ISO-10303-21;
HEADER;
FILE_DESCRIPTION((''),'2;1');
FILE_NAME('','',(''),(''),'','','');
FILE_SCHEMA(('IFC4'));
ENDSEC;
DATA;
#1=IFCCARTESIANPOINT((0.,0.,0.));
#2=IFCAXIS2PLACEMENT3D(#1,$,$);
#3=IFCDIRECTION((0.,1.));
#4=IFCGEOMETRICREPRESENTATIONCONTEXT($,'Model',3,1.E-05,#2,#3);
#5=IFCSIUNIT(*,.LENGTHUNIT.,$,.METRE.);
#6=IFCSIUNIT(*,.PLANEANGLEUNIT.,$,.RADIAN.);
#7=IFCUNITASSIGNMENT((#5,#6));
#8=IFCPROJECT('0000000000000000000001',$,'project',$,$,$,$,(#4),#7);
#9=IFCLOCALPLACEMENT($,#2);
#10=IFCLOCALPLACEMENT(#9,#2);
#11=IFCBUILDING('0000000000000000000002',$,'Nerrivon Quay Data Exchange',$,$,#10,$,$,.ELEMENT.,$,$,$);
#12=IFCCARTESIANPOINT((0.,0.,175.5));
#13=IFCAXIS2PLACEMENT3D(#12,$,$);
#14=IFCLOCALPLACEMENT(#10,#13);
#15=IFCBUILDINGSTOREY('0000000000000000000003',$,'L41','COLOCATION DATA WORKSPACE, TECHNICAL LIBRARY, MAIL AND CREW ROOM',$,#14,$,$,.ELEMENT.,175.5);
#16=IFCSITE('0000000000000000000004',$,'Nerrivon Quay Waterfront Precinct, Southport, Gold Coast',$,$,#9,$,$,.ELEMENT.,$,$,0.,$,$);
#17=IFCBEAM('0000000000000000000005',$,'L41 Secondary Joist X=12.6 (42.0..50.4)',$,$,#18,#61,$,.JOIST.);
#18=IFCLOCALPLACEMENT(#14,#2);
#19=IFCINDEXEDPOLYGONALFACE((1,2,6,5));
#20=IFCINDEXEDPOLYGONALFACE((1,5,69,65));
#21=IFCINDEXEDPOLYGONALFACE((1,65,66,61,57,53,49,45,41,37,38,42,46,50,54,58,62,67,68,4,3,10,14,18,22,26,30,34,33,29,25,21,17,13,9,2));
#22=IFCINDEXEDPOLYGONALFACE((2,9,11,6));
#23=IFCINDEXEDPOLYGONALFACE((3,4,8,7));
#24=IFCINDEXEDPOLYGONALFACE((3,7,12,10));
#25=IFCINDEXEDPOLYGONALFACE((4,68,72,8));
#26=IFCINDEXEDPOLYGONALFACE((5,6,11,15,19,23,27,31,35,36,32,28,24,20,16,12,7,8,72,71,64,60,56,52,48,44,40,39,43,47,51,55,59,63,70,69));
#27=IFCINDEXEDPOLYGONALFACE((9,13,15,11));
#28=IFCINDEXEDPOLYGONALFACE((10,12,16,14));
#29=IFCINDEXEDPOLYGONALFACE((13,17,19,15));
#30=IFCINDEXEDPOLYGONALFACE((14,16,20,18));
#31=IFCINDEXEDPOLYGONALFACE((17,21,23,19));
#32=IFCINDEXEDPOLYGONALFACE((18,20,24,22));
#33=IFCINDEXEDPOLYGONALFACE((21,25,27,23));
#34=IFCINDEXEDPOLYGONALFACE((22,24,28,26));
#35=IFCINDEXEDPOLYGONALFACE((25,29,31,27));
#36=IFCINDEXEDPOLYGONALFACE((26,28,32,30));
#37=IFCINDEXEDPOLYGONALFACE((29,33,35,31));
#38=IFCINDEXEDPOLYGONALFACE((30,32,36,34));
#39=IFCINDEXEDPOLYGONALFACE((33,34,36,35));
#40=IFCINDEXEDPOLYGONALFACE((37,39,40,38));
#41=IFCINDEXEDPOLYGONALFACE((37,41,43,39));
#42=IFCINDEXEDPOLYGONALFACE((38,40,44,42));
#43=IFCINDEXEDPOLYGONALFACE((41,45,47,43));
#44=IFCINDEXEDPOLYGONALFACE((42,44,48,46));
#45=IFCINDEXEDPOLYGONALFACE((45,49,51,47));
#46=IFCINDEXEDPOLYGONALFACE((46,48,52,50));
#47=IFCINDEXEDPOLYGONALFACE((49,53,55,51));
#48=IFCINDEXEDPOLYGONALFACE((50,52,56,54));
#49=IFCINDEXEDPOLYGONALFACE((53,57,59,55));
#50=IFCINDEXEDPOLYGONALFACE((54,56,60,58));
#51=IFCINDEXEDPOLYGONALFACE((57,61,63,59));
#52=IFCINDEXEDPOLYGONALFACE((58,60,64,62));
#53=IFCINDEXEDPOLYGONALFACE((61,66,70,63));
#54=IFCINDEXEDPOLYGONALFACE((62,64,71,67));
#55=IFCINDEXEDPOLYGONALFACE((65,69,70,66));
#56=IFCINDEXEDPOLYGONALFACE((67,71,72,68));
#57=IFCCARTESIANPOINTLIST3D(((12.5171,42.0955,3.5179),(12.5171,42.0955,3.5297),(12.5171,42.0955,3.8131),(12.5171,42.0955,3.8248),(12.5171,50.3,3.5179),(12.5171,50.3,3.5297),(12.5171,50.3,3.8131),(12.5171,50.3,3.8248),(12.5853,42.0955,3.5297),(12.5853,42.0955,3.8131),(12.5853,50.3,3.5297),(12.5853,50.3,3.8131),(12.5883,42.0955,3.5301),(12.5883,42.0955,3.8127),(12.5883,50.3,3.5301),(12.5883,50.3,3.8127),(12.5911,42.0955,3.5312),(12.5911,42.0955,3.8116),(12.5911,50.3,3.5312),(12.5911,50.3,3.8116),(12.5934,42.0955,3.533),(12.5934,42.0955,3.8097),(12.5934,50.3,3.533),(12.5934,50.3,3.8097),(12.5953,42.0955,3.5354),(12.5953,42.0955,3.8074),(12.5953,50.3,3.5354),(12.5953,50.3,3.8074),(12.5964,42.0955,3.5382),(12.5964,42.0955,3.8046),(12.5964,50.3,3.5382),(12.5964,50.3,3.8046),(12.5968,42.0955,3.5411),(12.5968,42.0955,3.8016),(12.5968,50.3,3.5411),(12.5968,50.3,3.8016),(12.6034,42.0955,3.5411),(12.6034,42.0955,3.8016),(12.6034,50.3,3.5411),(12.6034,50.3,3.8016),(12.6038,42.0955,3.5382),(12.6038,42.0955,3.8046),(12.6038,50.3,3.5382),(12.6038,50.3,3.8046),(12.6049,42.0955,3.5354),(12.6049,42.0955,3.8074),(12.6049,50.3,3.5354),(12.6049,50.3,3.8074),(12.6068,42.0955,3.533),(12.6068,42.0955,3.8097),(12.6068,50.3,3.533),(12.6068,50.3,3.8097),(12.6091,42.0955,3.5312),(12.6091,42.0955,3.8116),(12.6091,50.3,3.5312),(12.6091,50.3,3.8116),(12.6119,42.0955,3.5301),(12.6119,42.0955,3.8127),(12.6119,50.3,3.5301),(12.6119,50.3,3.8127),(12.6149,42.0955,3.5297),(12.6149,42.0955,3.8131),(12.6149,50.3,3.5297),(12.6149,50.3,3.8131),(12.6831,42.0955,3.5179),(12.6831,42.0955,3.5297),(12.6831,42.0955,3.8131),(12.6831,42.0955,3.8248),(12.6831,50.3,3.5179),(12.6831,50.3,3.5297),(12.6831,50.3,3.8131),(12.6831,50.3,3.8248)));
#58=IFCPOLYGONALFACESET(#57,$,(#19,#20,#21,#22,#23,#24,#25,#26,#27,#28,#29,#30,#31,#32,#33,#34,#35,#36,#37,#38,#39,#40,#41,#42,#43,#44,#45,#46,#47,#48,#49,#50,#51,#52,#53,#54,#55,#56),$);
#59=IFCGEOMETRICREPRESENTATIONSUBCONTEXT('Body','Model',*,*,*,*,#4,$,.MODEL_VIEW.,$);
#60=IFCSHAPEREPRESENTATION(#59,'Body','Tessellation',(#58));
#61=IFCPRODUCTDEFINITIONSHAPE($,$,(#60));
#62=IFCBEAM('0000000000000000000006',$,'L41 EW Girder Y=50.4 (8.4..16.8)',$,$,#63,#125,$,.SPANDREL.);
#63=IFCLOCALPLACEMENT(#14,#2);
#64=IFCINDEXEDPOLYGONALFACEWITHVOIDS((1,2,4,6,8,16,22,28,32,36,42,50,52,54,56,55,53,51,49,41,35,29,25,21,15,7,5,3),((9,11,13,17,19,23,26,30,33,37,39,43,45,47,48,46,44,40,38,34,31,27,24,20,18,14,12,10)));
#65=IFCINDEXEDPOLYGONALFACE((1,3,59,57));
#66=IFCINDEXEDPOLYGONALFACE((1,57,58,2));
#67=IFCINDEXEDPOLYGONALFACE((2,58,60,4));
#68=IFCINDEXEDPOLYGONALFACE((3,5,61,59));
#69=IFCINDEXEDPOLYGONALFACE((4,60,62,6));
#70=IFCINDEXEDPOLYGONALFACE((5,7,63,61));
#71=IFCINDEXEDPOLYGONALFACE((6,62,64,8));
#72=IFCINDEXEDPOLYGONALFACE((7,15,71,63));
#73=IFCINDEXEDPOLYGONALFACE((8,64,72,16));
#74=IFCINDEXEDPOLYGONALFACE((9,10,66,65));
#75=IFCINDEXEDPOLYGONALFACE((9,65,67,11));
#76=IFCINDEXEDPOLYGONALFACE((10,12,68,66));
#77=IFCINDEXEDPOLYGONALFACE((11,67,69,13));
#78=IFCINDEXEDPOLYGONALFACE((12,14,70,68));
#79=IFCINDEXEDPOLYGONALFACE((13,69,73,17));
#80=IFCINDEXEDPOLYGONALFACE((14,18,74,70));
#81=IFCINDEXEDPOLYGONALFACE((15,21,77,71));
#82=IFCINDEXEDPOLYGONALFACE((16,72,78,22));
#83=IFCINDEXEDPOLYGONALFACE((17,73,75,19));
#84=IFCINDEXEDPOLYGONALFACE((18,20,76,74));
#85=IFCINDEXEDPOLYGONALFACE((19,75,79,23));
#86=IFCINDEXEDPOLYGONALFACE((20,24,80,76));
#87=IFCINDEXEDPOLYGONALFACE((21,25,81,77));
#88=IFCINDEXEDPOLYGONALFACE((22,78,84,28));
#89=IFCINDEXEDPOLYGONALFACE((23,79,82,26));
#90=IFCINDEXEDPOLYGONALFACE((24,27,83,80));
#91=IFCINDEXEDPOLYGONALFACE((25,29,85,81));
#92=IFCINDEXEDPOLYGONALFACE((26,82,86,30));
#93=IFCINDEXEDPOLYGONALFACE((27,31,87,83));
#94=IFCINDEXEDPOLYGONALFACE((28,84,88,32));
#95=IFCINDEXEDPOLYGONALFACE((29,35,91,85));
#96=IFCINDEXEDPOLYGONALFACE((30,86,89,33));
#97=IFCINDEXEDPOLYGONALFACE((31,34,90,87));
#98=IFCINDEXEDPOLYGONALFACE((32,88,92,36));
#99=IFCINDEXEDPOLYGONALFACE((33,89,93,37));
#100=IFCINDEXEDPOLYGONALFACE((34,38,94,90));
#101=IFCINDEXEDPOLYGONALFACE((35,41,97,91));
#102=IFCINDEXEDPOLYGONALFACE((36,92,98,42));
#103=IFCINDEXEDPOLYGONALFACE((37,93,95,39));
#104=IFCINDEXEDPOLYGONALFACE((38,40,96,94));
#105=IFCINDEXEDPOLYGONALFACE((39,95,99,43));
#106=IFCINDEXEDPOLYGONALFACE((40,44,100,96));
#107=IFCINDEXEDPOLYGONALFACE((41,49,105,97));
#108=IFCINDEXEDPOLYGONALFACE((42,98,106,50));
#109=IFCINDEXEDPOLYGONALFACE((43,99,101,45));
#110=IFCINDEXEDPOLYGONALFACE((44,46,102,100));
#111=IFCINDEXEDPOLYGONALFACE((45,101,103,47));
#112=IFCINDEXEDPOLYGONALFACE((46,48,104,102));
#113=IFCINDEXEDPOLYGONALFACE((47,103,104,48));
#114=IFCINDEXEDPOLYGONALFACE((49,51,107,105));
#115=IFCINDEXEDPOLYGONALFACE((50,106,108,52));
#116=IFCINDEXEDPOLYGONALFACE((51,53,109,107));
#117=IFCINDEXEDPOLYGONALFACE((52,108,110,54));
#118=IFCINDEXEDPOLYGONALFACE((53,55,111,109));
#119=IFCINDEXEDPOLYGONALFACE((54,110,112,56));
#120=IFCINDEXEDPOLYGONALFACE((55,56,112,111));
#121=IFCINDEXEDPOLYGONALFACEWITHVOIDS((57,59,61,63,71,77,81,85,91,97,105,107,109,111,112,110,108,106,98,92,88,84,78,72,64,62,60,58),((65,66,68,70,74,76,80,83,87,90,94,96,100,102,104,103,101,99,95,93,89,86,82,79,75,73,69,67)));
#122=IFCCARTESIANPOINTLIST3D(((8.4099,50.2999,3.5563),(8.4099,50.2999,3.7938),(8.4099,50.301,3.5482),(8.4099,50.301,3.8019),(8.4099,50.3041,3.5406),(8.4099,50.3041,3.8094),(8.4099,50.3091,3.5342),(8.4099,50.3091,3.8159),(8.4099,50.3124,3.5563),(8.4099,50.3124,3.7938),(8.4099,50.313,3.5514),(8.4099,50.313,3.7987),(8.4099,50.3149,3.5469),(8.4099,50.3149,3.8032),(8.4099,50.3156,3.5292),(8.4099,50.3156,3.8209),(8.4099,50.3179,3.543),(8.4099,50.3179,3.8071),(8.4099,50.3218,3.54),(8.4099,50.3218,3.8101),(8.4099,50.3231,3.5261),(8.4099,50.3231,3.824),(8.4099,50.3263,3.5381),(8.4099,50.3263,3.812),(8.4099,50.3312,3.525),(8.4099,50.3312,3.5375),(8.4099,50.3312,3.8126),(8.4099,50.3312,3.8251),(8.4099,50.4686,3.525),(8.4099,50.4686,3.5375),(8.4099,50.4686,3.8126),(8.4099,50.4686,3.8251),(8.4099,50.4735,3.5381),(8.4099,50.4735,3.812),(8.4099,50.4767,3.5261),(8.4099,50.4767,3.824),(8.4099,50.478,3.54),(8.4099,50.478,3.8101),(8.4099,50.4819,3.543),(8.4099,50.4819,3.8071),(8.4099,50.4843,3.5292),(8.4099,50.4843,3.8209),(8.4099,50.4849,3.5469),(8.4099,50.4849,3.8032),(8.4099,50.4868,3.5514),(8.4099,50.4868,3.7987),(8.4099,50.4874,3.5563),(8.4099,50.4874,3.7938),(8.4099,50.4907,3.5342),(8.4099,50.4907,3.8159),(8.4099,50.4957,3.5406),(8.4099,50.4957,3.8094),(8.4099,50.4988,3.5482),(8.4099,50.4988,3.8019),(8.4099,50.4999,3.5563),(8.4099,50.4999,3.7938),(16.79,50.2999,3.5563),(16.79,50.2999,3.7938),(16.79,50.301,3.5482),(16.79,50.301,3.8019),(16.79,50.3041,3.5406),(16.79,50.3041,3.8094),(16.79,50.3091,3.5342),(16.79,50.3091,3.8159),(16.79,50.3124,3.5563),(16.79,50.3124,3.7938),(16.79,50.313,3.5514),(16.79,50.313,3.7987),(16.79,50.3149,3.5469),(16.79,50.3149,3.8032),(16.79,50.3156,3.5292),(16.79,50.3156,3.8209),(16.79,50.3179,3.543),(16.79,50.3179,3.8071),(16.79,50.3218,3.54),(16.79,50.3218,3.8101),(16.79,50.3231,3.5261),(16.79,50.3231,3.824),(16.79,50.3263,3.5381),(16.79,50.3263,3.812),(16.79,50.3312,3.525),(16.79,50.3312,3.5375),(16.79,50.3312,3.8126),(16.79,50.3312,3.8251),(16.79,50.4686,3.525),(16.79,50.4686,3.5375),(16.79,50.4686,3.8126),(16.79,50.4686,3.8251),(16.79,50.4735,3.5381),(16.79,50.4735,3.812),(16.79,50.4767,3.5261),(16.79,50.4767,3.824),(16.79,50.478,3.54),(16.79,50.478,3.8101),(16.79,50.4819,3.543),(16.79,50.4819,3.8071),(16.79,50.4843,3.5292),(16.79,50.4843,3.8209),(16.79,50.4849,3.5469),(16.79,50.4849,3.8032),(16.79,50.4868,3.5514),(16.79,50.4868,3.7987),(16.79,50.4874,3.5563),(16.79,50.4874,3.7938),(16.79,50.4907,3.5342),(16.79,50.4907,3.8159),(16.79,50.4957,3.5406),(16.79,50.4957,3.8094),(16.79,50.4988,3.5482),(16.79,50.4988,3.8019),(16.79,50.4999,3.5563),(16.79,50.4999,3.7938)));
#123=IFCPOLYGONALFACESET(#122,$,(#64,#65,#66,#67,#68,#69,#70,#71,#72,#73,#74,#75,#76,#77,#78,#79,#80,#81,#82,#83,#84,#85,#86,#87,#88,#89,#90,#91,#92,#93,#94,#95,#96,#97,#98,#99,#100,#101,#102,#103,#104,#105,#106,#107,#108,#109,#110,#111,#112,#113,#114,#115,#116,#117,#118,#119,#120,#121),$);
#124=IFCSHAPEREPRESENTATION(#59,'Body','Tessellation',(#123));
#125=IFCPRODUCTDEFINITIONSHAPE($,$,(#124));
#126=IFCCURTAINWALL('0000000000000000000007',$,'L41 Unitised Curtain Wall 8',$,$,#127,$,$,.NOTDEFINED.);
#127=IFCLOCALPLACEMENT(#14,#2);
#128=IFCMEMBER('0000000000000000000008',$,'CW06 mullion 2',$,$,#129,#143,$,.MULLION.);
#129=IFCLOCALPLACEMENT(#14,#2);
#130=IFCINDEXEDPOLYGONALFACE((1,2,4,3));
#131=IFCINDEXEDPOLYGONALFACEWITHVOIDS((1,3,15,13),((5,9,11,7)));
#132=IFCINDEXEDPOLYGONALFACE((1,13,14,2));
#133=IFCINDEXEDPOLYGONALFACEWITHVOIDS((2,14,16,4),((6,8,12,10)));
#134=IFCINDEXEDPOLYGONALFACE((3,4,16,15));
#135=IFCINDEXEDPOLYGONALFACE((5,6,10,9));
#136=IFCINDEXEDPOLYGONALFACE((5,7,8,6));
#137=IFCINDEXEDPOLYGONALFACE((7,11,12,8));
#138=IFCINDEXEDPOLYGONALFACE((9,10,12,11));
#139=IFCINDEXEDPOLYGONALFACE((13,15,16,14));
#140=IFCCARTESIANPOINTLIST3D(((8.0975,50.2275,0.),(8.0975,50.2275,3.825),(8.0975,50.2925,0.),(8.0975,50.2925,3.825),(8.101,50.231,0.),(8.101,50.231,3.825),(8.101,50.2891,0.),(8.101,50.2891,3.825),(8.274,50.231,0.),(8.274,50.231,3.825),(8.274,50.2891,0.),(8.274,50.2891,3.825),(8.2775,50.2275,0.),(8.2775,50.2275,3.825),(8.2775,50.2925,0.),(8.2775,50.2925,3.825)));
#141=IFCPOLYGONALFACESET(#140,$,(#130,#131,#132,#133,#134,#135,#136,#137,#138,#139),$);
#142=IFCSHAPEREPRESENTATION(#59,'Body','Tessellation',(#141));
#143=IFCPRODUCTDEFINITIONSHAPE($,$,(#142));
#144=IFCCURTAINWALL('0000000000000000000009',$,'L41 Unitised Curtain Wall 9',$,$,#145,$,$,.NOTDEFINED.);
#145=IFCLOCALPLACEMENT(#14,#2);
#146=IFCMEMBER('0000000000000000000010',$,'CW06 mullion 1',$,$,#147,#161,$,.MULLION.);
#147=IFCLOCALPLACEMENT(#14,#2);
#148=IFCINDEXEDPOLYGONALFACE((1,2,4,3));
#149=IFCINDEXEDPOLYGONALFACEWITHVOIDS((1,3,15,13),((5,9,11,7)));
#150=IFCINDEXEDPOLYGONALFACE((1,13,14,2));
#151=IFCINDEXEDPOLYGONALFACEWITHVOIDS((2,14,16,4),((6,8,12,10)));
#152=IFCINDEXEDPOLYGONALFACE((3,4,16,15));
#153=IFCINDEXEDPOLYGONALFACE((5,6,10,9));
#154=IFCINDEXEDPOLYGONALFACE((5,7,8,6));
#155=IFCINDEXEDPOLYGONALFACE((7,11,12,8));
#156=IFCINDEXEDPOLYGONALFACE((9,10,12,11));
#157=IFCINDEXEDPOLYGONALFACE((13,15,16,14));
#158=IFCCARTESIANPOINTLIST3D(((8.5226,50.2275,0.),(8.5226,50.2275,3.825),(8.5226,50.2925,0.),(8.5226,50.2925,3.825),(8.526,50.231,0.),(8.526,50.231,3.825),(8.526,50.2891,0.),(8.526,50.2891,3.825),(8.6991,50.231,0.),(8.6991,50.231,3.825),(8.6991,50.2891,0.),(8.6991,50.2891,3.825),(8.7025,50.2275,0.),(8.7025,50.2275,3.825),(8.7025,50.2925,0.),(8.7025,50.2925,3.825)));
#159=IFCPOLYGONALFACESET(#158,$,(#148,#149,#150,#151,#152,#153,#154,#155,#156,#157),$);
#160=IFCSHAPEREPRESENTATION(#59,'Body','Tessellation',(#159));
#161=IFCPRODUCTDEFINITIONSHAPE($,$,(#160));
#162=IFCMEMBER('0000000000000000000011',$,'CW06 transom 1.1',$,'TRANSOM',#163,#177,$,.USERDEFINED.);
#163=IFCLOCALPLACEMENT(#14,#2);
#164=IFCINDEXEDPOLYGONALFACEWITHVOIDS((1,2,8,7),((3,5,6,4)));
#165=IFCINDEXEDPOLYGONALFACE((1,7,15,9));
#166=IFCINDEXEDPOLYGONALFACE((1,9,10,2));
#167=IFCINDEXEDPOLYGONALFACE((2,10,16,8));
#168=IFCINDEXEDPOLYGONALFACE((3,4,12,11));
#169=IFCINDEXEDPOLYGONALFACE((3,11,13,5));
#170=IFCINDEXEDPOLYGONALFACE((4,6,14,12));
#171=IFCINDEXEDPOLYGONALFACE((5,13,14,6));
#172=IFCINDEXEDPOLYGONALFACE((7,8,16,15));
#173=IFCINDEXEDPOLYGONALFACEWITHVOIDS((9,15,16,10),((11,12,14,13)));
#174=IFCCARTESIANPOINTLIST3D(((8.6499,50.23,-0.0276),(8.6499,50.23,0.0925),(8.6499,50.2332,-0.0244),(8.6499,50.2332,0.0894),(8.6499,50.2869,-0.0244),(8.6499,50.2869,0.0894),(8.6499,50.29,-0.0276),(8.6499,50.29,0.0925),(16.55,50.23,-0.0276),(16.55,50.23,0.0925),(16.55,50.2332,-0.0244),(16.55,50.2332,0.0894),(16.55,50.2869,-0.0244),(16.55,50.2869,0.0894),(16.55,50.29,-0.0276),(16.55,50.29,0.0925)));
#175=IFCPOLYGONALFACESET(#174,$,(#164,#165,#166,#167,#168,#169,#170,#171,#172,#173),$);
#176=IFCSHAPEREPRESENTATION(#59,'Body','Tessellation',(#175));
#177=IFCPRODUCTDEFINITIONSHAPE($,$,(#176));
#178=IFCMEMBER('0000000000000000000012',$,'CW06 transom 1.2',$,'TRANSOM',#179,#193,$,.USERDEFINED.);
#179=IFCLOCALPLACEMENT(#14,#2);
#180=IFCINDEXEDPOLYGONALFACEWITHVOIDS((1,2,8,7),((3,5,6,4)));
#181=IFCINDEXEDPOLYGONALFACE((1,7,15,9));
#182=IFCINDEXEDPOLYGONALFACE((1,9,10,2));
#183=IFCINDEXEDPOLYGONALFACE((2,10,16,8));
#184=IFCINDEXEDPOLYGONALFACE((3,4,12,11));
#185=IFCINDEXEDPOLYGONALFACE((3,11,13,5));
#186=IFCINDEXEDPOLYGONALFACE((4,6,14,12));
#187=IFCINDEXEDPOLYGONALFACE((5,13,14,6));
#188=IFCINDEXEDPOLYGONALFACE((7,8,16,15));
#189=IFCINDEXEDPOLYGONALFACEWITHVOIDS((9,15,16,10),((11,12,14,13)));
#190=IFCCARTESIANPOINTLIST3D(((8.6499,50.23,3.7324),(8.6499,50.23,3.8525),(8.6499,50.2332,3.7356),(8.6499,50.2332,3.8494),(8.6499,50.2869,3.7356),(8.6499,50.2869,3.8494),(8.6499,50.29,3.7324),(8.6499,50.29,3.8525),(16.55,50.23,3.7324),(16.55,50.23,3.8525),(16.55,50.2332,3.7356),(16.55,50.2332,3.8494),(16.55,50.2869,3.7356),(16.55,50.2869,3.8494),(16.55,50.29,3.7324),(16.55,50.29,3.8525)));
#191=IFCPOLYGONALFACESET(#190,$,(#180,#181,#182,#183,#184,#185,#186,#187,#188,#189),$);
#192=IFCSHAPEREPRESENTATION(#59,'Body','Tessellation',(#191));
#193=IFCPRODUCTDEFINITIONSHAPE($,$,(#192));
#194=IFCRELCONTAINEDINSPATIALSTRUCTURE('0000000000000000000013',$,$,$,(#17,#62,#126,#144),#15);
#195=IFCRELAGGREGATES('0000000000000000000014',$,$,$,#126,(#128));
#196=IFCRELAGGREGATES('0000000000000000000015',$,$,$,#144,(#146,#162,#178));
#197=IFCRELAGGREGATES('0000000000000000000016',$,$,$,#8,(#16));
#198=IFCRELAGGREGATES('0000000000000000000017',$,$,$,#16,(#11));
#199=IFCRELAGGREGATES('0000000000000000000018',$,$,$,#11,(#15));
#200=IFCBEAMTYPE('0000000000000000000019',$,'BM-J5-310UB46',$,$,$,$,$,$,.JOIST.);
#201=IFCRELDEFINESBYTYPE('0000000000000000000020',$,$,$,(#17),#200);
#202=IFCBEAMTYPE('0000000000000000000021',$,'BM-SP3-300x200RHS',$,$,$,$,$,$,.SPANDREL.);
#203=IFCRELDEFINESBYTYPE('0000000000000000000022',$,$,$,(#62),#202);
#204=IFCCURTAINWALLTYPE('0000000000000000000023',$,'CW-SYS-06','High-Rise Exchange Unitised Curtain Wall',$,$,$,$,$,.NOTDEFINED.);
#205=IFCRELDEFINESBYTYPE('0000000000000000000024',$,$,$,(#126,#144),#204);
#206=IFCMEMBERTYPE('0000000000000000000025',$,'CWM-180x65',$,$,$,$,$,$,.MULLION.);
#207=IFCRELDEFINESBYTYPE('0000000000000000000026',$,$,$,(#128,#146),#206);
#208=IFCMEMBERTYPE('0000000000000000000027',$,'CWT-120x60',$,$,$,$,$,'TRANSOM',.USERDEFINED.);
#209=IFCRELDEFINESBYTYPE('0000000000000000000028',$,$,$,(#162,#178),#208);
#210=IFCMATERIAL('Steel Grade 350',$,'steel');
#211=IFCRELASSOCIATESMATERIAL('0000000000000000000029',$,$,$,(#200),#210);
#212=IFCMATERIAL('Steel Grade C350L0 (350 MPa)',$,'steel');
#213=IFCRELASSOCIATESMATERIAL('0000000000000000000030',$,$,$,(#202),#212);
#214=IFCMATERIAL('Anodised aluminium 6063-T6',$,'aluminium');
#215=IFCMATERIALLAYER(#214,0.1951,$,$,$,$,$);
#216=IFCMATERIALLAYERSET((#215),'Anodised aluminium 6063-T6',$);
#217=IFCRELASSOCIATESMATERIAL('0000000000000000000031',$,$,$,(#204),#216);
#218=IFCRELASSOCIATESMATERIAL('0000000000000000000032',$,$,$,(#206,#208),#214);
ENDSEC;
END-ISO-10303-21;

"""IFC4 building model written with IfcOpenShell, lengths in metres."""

from ifc_helpers import new_model, si_unit, direction, frame, origin, origin_2d, place, context, subcontext, project, spatial, hollow_rectangle, i_section, extrude, material, layer, layer_set, material_profile, profile_set, type_object, element, aggregate, save


model = new_model("IFC4")

# Units and contexts
model_context = context("Model", 3, precision=1e-05, world=origin(), true_north=direction((0.0, 1.0)))
body_context = subcontext(model_context, "Body", "Model", "MODEL_VIEW")
ifc_project = project(units=[si_unit("LENGTHUNIT", "METRE"), si_unit("PLANEANGLEUNIT", "RADIAN")], contexts=[model_context])

# Site, building, storey
site_placement = place(None, origin())
site = spatial("IfcSite", under=ifc_project, at=site_placement, Name="Nerrivon Quay Waterfront Precinct, Southport, Gold Coast", CompositionType="ELEMENT", RefElevation=0.0)
building_placement = place(site_placement, origin())
building = spatial("IfcBuilding", under=site, at=building_placement, Name="Nerrivon Quay Data Exchange", CompositionType="ELEMENT")
storey_placement = place(building_placement, frame((0.0, 0.0, 175.5)))
storey = spatial("IfcBuildingStorey", under=building, at=storey_placement, Name="L41", Description="COLOCATION DATA WORKSPACE, TECHNICAL LIBRARY, MAIL AND CREW ROOM", CompositionType="ELEMENT", Elevation=175.5)

# Shared definitions
ifc_material_1 = material(Name="Steel Grade 350", Category="steel")

# Beams
ifc_material_profile_1 = material_profile(ifc_material_1, i_section(OverallWidth=0.166, OverallDepth=0.3069, WebThickness=0.0066, FlangeThickness=0.0117, FilletRadius=0.0115, at=origin_2d()), Name="310UB46.2")
ifc_profile_set_1 = profile_set([ifc_material_profile_1], Name="Steel Grade 350")
beam_type_1 = type_object("IfcBeamType", Name="BM-J5-310UB46", PredefinedType="JOIST", material=ifc_profile_set_1)
beam_1_placement = place(storey_placement, frame((12.6001, 42.0955, 3.6714), z_axis=(0.0, 1.0, 0.0), x_axis=(-1.0, 0.0, 0.0)))
element("IfcBeam", 1, at=beam_1_placement, inside=storey, type_object=beam_type_1, Name="L41 Secondary Joist X=12.6 (42.0..50.4)", PredefinedType="JOIST", context=body_context, shape_type="SweptSolid", body=[
    extrude(i_section(OverallWidth=0.166, OverallDepth=0.3069, WebThickness=0.0066, FlangeThickness=0.0117, FilletRadius=0.0115, at=origin_2d()), origin(), (0.0, 0.0, 1.0), 8.2046),
])
ifc_material_2 = material(Name="Steel Grade C350L0 (350 MPa)", Category="steel")
ifc_material_profile_2 = material_profile(ifc_material_2, hollow_rectangle(XDim=0.2, YDim=0.3, WallThickness=0.0125, InnerFilletRadius=0.0188, OuterFilletRadius=0.0312, at=origin_2d()), Name="300x200x12.5RHS")
ifc_profile_set_2 = profile_set([ifc_material_profile_2], Name="Steel Grade C350L0 (350 MPa)")
beam_type_2 = type_object("IfcBeamType", Name="BM-SP3-300x200RHS", PredefinedType="SPANDREL", material=ifc_profile_set_2)
beam_2_placement = place(storey_placement, frame((8.4099, 50.3999, 3.675), z_axis=(1.0, 0.0, 0.0), x_axis=(0.0, 1.0, 0.0)))
element("IfcBeam", 2, at=beam_2_placement, inside=storey, type_object=beam_type_2, Name="L41 EW Girder Y=50.4 (8.4..16.8)", PredefinedType="SPANDREL", context=body_context, shape_type="SweptSolid", body=[
    extrude(hollow_rectangle(XDim=0.2, YDim=0.3, WallThickness=0.0125, InnerFilletRadius=0.0188, OuterFilletRadius=0.0312, at=origin_2d()), origin(), (0.0, 0.0, 1.0), 8.3801),
])

# Curtain wall, member
ifc_material_3 = material(Name="Anodised aluminium 6063-T6", Category="aluminium")
ifc_layer_1 = layer(ifc_material_3, 0.1951)
ifc_layer_set_1 = layer_set([ifc_layer_1], Name="Anodised aluminium 6063-T6")
curtain_wall_type = type_object("IfcCurtainWallType", Name="CW-SYS-06", Description="High-Rise Exchange Unitised Curtain Wall", PredefinedType="NOTDEFINED", material=ifc_layer_set_1)
curtain_wall_1_placement = place(storey_placement, origin())
curtain_wall_1 = element("IfcCurtainWall", 3, at=curtain_wall_1_placement, inside=storey, type_object=curtain_wall_type, Name="L41 Unitised Curtain Wall 8", PredefinedType="NOTDEFINED")
ifc_material_profile_3 = material_profile(ifc_material_3, hollow_rectangle(XDim=0.0649, YDim=0.1799, WallThickness=0.0034, at=origin_2d()), Name="ALU-MULL-180x65")
ifc_profile_set_3 = profile_set([ifc_material_profile_3], Name="Anodised aluminium 6063-T6")
member_type_1 = type_object("IfcMemberType", Name="CWM-180x65", PredefinedType="MULLION", material=ifc_profile_set_3)
member_1_placement = place(storey_placement, frame((8.1875, 50.26, 0.0), z_axis=(0.0, 0.0, 1.0), x_axis=(0.0, 1.0, 0.0)))
member_1 = element("IfcMember", 4, at=member_1_placement, type_object=member_type_1, Name="CW06 mullion 2", PredefinedType="MULLION", context=body_context, shape_type="SweptSolid", body=[
    extrude(hollow_rectangle(XDim=0.0649, YDim=0.1799, WallThickness=0.0034, at=origin_2d()), origin(), (0.0, 0.0, 1.0), 3.825),
])
aggregate(curtain_wall_1, [member_1])

# Curtain wall, members
curtain_wall_2_placement = place(storey_placement, origin())
curtain_wall_2 = element("IfcCurtainWall", 5, at=curtain_wall_2_placement, inside=storey, type_object=curtain_wall_type, Name="L41 Unitised Curtain Wall 9", PredefinedType="NOTDEFINED")
member_2_placement = place(storey_placement, frame((8.6125, 50.26, 0.0), z_axis=(0.0, 0.0, 1.0), x_axis=(0.0, 1.0, 0.0)))
member_2 = element("IfcMember", 6, at=member_2_placement, type_object=member_type_1, Name="CW06 mullion 1", PredefinedType="MULLION", context=body_context, shape_type="SweptSolid", body=[
    extrude(hollow_rectangle(XDim=0.0649, YDim=0.1799, WallThickness=0.0034, at=origin_2d()), origin(), (0.0, 0.0, 1.0), 3.825),
])
ifc_material_profile_4 = material_profile(ifc_material_3, hollow_rectangle(XDim=0.0601, YDim=0.1201, WallThickness=0.0032, at=origin_2d()), Name="ALU-TRAN-120x60")
ifc_profile_set_4 = profile_set([ifc_material_profile_4], Name="Anodised aluminium 6063-T6")
member_type_2 = type_object("IfcMemberType", Name="CWT-120x60", ElementType="TRANSOM", PredefinedType="USERDEFINED", material=ifc_profile_set_4)
member_3_placement = place(storey_placement, frame((8.6499, 50.26, 0.0325), z_axis=(1.0, 0.0, 0.0), x_axis=(0.0, 1.0, 0.0)))
member_3 = element("IfcMember", 7, at=member_3_placement, type_object=member_type_2, Name="CW06 transom 1.1", ObjectType="TRANSOM", PredefinedType="USERDEFINED", context=body_context, shape_type="SweptSolid", body=[
    extrude(hollow_rectangle(XDim=0.0601, YDim=0.1201, WallThickness=0.0032, at=origin_2d()), origin(), (0.0, 0.0, 1.0), 7.9001),
])
member_4_placement = place(storey_placement, frame((8.6499, 50.26, 3.7925), z_axis=(1.0, 0.0, 0.0), x_axis=(0.0, 1.0, 0.0)))
member_4 = element("IfcMember", 8, at=member_4_placement, type_object=member_type_2, Name="CW06 transom 1.2", ObjectType="TRANSOM", PredefinedType="USERDEFINED", context=body_context, shape_type="SweptSolid", body=[
    extrude(hollow_rectangle(XDim=0.0601, YDim=0.1201, WallThickness=0.0032, at=origin_2d()), origin(), (0.0, 0.0, 1.0), 7.9001),
])
aggregate(curtain_wall_2, [member_2, member_3, member_4])

save(model, "model.ifc")
